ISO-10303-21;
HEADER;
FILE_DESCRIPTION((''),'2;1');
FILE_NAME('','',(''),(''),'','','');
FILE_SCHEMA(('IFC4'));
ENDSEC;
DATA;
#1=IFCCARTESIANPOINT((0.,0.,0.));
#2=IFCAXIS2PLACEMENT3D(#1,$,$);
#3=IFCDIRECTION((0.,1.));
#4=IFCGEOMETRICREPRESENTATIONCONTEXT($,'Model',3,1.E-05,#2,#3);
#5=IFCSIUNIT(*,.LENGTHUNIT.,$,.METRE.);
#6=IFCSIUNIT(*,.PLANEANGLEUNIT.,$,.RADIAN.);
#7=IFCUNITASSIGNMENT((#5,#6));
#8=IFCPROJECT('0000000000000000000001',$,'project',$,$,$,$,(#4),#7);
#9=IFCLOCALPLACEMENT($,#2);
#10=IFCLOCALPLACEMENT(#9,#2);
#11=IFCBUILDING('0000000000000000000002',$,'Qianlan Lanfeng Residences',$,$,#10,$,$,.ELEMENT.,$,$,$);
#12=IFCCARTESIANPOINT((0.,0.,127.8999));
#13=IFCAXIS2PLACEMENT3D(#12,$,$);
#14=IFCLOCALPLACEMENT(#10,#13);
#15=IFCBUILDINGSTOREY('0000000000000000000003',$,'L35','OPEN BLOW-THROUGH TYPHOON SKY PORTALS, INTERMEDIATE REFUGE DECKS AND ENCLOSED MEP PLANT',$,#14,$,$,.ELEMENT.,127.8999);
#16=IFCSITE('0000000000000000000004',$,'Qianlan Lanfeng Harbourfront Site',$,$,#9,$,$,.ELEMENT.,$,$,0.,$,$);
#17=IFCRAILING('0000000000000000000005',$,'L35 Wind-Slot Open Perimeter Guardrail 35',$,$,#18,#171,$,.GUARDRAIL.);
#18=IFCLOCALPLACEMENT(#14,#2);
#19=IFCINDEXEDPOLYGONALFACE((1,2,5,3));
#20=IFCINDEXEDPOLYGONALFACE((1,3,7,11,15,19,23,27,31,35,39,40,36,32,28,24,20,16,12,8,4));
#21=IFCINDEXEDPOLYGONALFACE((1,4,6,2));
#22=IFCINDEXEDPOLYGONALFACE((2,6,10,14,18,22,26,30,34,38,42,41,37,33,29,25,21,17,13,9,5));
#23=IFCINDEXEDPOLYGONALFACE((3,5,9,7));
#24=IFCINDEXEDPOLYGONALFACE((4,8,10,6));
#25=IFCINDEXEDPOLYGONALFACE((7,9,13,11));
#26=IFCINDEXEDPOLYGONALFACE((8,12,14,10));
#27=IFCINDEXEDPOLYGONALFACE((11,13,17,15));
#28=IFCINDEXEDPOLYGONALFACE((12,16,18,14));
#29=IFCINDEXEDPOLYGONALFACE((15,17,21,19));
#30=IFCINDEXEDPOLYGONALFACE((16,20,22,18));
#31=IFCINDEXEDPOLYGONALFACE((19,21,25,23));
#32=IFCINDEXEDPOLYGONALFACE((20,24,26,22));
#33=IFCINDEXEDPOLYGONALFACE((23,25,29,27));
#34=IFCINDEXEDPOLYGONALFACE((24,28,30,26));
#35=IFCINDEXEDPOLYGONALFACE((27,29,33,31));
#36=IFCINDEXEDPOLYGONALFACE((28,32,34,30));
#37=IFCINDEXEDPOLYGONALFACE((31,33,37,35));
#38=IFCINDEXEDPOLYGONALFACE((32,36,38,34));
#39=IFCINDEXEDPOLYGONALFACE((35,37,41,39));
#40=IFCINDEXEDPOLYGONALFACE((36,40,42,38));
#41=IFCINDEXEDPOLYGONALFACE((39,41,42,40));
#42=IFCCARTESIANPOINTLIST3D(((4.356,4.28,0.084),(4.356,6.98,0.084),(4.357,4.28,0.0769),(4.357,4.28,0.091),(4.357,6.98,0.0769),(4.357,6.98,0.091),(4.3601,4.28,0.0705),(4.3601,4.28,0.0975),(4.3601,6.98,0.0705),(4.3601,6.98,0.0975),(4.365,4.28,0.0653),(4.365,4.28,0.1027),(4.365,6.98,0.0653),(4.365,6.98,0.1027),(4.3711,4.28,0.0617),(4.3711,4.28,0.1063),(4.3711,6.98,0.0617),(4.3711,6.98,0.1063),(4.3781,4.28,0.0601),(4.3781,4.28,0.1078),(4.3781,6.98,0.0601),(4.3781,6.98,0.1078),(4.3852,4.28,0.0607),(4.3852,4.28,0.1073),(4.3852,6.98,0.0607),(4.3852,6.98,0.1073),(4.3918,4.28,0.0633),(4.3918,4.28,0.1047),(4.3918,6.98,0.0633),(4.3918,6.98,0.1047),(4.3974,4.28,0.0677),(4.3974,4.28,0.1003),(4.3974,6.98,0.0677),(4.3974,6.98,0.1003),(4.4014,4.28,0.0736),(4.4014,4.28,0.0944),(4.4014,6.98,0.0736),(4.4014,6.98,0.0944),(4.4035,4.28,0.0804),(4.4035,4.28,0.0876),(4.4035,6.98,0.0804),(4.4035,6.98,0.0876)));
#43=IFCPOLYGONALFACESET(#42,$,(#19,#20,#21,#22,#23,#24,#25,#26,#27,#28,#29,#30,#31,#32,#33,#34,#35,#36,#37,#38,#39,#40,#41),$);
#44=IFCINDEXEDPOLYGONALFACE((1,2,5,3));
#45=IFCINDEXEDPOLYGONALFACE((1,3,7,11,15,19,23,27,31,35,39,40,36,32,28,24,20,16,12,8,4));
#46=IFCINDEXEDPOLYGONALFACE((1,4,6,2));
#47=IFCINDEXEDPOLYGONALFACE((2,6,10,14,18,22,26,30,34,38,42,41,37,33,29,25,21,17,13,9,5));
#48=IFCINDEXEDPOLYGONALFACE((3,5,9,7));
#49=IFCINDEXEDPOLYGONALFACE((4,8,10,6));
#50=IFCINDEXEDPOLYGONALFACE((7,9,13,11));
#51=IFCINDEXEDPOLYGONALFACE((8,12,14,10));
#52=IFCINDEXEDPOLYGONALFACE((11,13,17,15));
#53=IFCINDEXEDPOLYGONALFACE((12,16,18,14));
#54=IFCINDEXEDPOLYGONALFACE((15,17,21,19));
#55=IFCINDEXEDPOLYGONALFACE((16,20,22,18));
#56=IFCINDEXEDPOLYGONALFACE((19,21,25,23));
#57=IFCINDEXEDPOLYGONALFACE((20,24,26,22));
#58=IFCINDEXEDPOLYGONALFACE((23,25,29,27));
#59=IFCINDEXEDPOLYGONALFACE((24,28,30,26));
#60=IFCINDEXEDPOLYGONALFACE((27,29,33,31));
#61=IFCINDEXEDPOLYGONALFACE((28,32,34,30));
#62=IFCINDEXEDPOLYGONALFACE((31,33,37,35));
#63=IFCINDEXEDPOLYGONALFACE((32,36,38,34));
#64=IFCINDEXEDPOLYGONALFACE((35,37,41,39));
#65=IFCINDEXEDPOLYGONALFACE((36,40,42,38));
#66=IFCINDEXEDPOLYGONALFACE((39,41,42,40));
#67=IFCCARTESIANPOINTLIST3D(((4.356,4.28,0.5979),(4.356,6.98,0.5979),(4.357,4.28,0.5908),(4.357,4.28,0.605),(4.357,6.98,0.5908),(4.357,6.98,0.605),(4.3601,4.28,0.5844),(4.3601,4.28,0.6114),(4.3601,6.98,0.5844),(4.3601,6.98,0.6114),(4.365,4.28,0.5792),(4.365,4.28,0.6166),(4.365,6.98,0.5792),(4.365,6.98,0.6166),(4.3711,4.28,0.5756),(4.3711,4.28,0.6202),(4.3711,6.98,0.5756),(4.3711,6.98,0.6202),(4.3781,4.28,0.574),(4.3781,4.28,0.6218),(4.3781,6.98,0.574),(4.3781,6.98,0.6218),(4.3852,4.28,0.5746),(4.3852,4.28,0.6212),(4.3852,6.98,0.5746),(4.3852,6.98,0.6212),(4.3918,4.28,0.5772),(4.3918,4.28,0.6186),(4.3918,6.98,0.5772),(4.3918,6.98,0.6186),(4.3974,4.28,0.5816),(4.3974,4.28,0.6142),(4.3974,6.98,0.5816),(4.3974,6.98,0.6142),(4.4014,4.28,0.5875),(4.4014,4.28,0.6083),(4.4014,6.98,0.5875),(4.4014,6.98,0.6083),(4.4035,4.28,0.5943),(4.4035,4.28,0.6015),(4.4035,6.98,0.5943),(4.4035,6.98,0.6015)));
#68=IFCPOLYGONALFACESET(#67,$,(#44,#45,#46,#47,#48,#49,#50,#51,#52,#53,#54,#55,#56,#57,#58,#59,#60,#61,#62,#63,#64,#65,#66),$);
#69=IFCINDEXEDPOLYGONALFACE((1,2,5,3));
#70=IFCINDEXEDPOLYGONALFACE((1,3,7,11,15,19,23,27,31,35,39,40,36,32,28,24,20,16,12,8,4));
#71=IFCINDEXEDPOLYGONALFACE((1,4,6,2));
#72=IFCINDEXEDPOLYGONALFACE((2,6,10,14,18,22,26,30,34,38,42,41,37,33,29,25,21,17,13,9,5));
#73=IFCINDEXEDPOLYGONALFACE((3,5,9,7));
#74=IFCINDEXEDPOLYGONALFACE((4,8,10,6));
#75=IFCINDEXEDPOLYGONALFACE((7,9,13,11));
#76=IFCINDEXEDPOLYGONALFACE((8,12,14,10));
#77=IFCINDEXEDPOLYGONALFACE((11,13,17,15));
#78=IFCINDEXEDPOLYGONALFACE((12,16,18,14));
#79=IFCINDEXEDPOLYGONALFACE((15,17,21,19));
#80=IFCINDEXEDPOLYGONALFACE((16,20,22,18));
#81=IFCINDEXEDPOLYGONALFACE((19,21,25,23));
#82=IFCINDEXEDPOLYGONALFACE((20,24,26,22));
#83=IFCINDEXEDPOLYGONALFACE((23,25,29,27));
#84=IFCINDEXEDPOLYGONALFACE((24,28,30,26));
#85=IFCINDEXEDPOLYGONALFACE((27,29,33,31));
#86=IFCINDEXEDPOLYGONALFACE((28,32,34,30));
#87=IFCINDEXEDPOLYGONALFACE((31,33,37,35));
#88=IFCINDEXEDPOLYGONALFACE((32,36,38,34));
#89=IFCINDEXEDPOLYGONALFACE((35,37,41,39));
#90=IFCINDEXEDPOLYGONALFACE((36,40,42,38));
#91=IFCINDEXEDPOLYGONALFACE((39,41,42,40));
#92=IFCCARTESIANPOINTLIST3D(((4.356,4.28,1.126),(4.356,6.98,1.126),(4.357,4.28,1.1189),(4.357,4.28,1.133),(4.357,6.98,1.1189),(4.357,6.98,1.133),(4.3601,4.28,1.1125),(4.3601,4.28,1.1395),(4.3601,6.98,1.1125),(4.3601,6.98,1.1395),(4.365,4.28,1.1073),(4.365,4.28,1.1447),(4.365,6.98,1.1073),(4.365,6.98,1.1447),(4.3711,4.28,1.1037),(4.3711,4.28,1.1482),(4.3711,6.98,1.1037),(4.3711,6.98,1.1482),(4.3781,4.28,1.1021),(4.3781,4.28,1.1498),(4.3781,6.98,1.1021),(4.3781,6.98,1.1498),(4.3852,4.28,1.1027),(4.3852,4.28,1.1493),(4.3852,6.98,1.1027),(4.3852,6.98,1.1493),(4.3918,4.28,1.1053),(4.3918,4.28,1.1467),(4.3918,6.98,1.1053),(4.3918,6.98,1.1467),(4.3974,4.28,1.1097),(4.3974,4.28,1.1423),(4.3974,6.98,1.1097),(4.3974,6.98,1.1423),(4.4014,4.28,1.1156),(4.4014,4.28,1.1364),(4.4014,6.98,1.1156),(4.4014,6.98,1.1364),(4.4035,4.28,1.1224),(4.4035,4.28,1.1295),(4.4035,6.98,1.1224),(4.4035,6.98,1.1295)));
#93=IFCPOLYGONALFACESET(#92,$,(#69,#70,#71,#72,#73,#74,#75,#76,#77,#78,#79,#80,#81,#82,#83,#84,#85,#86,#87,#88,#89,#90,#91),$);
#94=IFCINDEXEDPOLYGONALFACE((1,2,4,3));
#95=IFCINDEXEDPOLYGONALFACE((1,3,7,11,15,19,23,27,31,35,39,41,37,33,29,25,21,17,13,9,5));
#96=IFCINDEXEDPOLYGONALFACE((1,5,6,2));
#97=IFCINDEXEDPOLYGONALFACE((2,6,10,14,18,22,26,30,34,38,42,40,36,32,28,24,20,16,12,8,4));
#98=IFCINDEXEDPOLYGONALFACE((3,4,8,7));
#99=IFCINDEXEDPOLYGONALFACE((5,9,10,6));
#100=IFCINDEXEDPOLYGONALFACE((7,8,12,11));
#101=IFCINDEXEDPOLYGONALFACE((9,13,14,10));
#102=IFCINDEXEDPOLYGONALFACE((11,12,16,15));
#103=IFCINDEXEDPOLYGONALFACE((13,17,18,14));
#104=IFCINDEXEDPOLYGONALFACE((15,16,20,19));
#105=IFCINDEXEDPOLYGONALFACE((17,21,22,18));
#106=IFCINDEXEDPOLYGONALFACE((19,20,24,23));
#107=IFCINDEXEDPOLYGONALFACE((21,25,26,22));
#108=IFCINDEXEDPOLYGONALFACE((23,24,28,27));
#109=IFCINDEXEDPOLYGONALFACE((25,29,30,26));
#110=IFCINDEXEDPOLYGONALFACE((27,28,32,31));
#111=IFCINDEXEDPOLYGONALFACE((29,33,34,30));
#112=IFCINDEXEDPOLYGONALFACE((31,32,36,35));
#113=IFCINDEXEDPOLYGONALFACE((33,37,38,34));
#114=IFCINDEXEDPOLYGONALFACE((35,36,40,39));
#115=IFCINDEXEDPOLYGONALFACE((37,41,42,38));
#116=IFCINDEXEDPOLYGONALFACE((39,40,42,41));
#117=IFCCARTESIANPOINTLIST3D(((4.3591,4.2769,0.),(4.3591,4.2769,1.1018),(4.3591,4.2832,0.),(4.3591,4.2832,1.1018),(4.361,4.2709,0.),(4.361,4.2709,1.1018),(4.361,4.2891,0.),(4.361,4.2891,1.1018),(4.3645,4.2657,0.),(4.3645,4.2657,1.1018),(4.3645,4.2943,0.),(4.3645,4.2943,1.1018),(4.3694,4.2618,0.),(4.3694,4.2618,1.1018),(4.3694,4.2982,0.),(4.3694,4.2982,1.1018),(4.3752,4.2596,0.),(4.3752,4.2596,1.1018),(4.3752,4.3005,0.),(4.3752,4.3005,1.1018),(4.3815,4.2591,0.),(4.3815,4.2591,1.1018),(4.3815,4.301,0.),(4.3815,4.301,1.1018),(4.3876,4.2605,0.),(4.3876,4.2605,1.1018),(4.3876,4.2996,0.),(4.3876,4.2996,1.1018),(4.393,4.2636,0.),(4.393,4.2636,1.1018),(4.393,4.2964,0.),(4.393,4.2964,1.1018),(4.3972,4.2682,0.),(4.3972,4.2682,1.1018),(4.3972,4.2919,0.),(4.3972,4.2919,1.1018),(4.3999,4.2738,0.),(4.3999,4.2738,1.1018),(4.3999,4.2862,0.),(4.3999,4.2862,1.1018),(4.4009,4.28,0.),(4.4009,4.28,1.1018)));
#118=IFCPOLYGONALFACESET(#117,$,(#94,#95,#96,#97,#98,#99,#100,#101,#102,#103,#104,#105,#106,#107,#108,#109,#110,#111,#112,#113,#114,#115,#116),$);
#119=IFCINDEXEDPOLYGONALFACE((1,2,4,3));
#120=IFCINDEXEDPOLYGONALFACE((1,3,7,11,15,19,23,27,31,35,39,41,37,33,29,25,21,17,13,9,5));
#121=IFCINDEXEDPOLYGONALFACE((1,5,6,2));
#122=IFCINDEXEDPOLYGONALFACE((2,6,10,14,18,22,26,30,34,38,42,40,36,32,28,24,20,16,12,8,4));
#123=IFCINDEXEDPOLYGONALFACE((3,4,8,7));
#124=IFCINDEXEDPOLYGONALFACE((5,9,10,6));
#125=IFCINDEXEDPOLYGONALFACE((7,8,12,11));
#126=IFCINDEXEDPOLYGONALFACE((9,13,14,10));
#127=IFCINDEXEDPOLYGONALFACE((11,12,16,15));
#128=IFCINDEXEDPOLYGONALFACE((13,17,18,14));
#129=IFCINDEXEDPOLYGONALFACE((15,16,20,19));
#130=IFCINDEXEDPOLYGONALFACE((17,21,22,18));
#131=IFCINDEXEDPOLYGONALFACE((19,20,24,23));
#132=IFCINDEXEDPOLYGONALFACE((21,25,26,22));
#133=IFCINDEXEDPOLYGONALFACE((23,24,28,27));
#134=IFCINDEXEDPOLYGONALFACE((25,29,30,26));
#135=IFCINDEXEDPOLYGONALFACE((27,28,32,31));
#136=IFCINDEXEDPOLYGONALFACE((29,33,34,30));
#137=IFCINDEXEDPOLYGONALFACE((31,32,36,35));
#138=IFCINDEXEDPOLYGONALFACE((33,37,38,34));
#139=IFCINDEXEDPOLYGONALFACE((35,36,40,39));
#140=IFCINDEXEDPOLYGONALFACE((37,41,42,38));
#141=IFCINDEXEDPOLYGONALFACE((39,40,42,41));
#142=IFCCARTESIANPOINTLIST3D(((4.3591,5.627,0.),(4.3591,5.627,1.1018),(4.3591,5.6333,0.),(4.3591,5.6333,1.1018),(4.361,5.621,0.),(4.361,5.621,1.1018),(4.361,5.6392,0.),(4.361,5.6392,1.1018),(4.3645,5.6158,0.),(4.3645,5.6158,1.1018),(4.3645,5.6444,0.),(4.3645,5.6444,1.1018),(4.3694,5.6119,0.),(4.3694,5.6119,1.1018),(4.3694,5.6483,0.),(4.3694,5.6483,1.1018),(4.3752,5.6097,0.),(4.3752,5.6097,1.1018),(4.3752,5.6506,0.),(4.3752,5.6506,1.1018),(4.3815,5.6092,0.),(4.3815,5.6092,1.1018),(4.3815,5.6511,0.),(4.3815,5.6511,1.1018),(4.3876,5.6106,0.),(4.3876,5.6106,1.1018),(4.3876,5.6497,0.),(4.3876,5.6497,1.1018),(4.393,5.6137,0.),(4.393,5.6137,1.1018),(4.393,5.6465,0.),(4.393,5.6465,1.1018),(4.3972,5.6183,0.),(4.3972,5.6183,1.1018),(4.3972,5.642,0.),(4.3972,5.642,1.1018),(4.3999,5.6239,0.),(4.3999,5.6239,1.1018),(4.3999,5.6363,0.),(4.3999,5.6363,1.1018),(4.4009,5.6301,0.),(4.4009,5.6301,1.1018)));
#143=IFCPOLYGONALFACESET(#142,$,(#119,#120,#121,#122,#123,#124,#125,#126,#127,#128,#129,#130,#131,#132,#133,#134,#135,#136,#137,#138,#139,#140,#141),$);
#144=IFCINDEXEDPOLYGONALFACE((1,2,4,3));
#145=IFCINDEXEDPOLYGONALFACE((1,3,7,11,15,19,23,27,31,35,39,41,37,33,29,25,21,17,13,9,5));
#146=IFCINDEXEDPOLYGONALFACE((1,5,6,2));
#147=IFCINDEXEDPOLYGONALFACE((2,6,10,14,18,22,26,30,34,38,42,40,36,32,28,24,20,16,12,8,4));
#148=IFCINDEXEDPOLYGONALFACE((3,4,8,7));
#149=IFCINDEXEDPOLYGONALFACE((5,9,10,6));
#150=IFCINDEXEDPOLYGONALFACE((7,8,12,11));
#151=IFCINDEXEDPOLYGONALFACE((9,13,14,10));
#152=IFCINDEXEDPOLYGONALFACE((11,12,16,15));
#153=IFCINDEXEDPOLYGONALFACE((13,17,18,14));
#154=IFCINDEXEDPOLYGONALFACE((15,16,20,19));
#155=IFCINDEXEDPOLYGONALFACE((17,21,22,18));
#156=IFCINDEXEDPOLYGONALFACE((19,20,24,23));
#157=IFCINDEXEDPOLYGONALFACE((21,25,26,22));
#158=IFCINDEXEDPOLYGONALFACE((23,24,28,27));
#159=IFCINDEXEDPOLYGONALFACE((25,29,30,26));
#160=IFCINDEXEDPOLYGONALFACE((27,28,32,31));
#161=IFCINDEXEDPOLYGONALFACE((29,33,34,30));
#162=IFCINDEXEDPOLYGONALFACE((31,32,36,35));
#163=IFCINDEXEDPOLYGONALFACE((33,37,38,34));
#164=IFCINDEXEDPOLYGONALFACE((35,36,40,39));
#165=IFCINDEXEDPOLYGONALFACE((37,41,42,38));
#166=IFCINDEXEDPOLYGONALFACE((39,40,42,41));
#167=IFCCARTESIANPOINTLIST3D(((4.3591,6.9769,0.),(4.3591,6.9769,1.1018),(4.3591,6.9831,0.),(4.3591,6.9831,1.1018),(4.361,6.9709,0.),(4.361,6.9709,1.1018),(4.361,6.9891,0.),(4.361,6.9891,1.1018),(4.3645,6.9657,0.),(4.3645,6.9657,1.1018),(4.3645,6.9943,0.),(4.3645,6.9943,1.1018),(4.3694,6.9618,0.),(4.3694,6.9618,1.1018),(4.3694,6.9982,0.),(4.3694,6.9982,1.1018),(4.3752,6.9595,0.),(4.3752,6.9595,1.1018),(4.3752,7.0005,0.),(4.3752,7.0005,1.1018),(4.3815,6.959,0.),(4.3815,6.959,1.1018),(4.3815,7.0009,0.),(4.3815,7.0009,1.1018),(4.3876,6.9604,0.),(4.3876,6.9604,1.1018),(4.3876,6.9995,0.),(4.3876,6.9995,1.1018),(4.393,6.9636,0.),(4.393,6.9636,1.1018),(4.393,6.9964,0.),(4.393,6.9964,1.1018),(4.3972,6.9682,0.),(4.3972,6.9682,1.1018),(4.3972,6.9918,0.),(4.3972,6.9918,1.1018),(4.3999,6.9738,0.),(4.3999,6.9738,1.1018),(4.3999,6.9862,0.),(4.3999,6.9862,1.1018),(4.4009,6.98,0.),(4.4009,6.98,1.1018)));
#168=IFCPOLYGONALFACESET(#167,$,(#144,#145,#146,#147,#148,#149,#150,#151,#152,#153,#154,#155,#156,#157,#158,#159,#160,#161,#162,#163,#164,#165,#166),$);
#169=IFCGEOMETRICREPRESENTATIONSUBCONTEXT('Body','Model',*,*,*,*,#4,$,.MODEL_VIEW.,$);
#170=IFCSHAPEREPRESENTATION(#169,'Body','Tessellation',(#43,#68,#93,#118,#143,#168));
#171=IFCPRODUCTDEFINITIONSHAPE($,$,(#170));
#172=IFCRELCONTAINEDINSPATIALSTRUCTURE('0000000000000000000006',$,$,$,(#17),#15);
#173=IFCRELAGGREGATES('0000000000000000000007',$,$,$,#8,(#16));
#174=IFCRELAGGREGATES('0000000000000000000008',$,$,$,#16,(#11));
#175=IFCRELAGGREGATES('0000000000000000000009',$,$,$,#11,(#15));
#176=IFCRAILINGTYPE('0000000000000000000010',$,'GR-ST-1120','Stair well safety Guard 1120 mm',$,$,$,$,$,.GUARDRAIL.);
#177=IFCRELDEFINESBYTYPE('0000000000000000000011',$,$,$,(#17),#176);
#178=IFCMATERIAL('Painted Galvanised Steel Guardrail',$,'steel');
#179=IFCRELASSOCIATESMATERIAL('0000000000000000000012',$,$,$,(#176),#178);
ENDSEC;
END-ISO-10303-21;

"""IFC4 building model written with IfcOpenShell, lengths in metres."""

from ifc_helpers import new_model, si_unit, direction, frame, origin, origin_2d, place, context, subcontext, project, spatial, circle, extrude, material, type_object, element, save


model = new_model("IFC4")

# Units and contexts
model_context = context("Model", 3, precision=1e-05, world=origin(), true_north=direction((0.0, 1.0)))
body_context = subcontext(model_context, "Body", "Model", "MODEL_VIEW")
ifc_project = project(units=[si_unit("LENGTHUNIT", "METRE"), si_unit("PLANEANGLEUNIT", "RADIAN")], contexts=[model_context])

# Site, building, storey
site_placement = place(None, origin())
site = spatial("IfcSite", under=ifc_project, at=site_placement, Name="Qianlan Lanfeng Harbourfront Site", CompositionType="ELEMENT", RefElevation=0.0)
building_placement = place(site_placement, origin())
building = spatial("IfcBuilding", under=site, at=building_placement, Name="Qianlan Lanfeng Residences", CompositionType="ELEMENT")
storey_placement = place(building_placement, frame((0.0, 0.0, 127.8999)))
storey = spatial("IfcBuildingStorey", under=building, at=storey_placement, Name="L35", Description="OPEN BLOW-THROUGH TYPHOON SKY PORTALS, INTERMEDIATE REFUGE DECKS AND ENCLOSED MEP PLANT", CompositionType="ELEMENT", Elevation=127.8999)

# Railing
ifc_material_1 = material(Name="Painted Galvanised Steel Guardrail", Category="steel")
railing_type = type_object("IfcRailingType", Name="GR-ST-1120", Description="Stair well safety Guard 1120 mm", PredefinedType="GUARDRAIL", material=ifc_material_1)
railing_1_placement = place(storey_placement, frame((4.3799, 4.28, 0.0)))
element("IfcRailing", 1, at=railing_1_placement, inside=storey, type_object=railing_type, Name="L35 Wind-Slot Open Perimeter Guardrail 35", PredefinedType="GUARDRAIL", context=body_context, shape_type="SweptSolid", body=[
    extrude(circle(Radius=0.0239, at=origin_2d()), frame((0.0, 0.0, 0.084), z_axis=(0.0, 1.0, 0.0), x_axis=(-1.0, 0.0, 0.0)), (0.0, 0.0, 1.0), 2.7),
    extrude(circle(Radius=0.0239, at=origin_2d()), frame((0.0, 0.0, 0.5979), z_axis=(0.0, 1.0, 0.0), x_axis=(-1.0, 0.0, 0.0)), (0.0, 0.0, 1.0), 2.7),
    extrude(circle(Radius=0.0239, at=origin_2d()), frame((0.0, 0.0, 1.126), z_axis=(0.0, 1.0, 0.0), x_axis=(-1.0, 0.0, 0.0)), (0.0, 0.0, 1.0), 2.7),
    extrude(circle(Radius=0.021, at=origin_2d()), origin(), (0.0, 0.0, 1.0), 1.1018),
    extrude(circle(Radius=0.021, at=origin_2d()), frame((0.0, 1.3501, 0.0)), (0.0, 0.0, 1.0), 1.1018),
    extrude(circle(Radius=0.021, at=origin_2d()), frame((0.0, 2.7, 0.0)), (0.0, 0.0, 1.0), 1.1018),
])

save(model, "model.ifc")
